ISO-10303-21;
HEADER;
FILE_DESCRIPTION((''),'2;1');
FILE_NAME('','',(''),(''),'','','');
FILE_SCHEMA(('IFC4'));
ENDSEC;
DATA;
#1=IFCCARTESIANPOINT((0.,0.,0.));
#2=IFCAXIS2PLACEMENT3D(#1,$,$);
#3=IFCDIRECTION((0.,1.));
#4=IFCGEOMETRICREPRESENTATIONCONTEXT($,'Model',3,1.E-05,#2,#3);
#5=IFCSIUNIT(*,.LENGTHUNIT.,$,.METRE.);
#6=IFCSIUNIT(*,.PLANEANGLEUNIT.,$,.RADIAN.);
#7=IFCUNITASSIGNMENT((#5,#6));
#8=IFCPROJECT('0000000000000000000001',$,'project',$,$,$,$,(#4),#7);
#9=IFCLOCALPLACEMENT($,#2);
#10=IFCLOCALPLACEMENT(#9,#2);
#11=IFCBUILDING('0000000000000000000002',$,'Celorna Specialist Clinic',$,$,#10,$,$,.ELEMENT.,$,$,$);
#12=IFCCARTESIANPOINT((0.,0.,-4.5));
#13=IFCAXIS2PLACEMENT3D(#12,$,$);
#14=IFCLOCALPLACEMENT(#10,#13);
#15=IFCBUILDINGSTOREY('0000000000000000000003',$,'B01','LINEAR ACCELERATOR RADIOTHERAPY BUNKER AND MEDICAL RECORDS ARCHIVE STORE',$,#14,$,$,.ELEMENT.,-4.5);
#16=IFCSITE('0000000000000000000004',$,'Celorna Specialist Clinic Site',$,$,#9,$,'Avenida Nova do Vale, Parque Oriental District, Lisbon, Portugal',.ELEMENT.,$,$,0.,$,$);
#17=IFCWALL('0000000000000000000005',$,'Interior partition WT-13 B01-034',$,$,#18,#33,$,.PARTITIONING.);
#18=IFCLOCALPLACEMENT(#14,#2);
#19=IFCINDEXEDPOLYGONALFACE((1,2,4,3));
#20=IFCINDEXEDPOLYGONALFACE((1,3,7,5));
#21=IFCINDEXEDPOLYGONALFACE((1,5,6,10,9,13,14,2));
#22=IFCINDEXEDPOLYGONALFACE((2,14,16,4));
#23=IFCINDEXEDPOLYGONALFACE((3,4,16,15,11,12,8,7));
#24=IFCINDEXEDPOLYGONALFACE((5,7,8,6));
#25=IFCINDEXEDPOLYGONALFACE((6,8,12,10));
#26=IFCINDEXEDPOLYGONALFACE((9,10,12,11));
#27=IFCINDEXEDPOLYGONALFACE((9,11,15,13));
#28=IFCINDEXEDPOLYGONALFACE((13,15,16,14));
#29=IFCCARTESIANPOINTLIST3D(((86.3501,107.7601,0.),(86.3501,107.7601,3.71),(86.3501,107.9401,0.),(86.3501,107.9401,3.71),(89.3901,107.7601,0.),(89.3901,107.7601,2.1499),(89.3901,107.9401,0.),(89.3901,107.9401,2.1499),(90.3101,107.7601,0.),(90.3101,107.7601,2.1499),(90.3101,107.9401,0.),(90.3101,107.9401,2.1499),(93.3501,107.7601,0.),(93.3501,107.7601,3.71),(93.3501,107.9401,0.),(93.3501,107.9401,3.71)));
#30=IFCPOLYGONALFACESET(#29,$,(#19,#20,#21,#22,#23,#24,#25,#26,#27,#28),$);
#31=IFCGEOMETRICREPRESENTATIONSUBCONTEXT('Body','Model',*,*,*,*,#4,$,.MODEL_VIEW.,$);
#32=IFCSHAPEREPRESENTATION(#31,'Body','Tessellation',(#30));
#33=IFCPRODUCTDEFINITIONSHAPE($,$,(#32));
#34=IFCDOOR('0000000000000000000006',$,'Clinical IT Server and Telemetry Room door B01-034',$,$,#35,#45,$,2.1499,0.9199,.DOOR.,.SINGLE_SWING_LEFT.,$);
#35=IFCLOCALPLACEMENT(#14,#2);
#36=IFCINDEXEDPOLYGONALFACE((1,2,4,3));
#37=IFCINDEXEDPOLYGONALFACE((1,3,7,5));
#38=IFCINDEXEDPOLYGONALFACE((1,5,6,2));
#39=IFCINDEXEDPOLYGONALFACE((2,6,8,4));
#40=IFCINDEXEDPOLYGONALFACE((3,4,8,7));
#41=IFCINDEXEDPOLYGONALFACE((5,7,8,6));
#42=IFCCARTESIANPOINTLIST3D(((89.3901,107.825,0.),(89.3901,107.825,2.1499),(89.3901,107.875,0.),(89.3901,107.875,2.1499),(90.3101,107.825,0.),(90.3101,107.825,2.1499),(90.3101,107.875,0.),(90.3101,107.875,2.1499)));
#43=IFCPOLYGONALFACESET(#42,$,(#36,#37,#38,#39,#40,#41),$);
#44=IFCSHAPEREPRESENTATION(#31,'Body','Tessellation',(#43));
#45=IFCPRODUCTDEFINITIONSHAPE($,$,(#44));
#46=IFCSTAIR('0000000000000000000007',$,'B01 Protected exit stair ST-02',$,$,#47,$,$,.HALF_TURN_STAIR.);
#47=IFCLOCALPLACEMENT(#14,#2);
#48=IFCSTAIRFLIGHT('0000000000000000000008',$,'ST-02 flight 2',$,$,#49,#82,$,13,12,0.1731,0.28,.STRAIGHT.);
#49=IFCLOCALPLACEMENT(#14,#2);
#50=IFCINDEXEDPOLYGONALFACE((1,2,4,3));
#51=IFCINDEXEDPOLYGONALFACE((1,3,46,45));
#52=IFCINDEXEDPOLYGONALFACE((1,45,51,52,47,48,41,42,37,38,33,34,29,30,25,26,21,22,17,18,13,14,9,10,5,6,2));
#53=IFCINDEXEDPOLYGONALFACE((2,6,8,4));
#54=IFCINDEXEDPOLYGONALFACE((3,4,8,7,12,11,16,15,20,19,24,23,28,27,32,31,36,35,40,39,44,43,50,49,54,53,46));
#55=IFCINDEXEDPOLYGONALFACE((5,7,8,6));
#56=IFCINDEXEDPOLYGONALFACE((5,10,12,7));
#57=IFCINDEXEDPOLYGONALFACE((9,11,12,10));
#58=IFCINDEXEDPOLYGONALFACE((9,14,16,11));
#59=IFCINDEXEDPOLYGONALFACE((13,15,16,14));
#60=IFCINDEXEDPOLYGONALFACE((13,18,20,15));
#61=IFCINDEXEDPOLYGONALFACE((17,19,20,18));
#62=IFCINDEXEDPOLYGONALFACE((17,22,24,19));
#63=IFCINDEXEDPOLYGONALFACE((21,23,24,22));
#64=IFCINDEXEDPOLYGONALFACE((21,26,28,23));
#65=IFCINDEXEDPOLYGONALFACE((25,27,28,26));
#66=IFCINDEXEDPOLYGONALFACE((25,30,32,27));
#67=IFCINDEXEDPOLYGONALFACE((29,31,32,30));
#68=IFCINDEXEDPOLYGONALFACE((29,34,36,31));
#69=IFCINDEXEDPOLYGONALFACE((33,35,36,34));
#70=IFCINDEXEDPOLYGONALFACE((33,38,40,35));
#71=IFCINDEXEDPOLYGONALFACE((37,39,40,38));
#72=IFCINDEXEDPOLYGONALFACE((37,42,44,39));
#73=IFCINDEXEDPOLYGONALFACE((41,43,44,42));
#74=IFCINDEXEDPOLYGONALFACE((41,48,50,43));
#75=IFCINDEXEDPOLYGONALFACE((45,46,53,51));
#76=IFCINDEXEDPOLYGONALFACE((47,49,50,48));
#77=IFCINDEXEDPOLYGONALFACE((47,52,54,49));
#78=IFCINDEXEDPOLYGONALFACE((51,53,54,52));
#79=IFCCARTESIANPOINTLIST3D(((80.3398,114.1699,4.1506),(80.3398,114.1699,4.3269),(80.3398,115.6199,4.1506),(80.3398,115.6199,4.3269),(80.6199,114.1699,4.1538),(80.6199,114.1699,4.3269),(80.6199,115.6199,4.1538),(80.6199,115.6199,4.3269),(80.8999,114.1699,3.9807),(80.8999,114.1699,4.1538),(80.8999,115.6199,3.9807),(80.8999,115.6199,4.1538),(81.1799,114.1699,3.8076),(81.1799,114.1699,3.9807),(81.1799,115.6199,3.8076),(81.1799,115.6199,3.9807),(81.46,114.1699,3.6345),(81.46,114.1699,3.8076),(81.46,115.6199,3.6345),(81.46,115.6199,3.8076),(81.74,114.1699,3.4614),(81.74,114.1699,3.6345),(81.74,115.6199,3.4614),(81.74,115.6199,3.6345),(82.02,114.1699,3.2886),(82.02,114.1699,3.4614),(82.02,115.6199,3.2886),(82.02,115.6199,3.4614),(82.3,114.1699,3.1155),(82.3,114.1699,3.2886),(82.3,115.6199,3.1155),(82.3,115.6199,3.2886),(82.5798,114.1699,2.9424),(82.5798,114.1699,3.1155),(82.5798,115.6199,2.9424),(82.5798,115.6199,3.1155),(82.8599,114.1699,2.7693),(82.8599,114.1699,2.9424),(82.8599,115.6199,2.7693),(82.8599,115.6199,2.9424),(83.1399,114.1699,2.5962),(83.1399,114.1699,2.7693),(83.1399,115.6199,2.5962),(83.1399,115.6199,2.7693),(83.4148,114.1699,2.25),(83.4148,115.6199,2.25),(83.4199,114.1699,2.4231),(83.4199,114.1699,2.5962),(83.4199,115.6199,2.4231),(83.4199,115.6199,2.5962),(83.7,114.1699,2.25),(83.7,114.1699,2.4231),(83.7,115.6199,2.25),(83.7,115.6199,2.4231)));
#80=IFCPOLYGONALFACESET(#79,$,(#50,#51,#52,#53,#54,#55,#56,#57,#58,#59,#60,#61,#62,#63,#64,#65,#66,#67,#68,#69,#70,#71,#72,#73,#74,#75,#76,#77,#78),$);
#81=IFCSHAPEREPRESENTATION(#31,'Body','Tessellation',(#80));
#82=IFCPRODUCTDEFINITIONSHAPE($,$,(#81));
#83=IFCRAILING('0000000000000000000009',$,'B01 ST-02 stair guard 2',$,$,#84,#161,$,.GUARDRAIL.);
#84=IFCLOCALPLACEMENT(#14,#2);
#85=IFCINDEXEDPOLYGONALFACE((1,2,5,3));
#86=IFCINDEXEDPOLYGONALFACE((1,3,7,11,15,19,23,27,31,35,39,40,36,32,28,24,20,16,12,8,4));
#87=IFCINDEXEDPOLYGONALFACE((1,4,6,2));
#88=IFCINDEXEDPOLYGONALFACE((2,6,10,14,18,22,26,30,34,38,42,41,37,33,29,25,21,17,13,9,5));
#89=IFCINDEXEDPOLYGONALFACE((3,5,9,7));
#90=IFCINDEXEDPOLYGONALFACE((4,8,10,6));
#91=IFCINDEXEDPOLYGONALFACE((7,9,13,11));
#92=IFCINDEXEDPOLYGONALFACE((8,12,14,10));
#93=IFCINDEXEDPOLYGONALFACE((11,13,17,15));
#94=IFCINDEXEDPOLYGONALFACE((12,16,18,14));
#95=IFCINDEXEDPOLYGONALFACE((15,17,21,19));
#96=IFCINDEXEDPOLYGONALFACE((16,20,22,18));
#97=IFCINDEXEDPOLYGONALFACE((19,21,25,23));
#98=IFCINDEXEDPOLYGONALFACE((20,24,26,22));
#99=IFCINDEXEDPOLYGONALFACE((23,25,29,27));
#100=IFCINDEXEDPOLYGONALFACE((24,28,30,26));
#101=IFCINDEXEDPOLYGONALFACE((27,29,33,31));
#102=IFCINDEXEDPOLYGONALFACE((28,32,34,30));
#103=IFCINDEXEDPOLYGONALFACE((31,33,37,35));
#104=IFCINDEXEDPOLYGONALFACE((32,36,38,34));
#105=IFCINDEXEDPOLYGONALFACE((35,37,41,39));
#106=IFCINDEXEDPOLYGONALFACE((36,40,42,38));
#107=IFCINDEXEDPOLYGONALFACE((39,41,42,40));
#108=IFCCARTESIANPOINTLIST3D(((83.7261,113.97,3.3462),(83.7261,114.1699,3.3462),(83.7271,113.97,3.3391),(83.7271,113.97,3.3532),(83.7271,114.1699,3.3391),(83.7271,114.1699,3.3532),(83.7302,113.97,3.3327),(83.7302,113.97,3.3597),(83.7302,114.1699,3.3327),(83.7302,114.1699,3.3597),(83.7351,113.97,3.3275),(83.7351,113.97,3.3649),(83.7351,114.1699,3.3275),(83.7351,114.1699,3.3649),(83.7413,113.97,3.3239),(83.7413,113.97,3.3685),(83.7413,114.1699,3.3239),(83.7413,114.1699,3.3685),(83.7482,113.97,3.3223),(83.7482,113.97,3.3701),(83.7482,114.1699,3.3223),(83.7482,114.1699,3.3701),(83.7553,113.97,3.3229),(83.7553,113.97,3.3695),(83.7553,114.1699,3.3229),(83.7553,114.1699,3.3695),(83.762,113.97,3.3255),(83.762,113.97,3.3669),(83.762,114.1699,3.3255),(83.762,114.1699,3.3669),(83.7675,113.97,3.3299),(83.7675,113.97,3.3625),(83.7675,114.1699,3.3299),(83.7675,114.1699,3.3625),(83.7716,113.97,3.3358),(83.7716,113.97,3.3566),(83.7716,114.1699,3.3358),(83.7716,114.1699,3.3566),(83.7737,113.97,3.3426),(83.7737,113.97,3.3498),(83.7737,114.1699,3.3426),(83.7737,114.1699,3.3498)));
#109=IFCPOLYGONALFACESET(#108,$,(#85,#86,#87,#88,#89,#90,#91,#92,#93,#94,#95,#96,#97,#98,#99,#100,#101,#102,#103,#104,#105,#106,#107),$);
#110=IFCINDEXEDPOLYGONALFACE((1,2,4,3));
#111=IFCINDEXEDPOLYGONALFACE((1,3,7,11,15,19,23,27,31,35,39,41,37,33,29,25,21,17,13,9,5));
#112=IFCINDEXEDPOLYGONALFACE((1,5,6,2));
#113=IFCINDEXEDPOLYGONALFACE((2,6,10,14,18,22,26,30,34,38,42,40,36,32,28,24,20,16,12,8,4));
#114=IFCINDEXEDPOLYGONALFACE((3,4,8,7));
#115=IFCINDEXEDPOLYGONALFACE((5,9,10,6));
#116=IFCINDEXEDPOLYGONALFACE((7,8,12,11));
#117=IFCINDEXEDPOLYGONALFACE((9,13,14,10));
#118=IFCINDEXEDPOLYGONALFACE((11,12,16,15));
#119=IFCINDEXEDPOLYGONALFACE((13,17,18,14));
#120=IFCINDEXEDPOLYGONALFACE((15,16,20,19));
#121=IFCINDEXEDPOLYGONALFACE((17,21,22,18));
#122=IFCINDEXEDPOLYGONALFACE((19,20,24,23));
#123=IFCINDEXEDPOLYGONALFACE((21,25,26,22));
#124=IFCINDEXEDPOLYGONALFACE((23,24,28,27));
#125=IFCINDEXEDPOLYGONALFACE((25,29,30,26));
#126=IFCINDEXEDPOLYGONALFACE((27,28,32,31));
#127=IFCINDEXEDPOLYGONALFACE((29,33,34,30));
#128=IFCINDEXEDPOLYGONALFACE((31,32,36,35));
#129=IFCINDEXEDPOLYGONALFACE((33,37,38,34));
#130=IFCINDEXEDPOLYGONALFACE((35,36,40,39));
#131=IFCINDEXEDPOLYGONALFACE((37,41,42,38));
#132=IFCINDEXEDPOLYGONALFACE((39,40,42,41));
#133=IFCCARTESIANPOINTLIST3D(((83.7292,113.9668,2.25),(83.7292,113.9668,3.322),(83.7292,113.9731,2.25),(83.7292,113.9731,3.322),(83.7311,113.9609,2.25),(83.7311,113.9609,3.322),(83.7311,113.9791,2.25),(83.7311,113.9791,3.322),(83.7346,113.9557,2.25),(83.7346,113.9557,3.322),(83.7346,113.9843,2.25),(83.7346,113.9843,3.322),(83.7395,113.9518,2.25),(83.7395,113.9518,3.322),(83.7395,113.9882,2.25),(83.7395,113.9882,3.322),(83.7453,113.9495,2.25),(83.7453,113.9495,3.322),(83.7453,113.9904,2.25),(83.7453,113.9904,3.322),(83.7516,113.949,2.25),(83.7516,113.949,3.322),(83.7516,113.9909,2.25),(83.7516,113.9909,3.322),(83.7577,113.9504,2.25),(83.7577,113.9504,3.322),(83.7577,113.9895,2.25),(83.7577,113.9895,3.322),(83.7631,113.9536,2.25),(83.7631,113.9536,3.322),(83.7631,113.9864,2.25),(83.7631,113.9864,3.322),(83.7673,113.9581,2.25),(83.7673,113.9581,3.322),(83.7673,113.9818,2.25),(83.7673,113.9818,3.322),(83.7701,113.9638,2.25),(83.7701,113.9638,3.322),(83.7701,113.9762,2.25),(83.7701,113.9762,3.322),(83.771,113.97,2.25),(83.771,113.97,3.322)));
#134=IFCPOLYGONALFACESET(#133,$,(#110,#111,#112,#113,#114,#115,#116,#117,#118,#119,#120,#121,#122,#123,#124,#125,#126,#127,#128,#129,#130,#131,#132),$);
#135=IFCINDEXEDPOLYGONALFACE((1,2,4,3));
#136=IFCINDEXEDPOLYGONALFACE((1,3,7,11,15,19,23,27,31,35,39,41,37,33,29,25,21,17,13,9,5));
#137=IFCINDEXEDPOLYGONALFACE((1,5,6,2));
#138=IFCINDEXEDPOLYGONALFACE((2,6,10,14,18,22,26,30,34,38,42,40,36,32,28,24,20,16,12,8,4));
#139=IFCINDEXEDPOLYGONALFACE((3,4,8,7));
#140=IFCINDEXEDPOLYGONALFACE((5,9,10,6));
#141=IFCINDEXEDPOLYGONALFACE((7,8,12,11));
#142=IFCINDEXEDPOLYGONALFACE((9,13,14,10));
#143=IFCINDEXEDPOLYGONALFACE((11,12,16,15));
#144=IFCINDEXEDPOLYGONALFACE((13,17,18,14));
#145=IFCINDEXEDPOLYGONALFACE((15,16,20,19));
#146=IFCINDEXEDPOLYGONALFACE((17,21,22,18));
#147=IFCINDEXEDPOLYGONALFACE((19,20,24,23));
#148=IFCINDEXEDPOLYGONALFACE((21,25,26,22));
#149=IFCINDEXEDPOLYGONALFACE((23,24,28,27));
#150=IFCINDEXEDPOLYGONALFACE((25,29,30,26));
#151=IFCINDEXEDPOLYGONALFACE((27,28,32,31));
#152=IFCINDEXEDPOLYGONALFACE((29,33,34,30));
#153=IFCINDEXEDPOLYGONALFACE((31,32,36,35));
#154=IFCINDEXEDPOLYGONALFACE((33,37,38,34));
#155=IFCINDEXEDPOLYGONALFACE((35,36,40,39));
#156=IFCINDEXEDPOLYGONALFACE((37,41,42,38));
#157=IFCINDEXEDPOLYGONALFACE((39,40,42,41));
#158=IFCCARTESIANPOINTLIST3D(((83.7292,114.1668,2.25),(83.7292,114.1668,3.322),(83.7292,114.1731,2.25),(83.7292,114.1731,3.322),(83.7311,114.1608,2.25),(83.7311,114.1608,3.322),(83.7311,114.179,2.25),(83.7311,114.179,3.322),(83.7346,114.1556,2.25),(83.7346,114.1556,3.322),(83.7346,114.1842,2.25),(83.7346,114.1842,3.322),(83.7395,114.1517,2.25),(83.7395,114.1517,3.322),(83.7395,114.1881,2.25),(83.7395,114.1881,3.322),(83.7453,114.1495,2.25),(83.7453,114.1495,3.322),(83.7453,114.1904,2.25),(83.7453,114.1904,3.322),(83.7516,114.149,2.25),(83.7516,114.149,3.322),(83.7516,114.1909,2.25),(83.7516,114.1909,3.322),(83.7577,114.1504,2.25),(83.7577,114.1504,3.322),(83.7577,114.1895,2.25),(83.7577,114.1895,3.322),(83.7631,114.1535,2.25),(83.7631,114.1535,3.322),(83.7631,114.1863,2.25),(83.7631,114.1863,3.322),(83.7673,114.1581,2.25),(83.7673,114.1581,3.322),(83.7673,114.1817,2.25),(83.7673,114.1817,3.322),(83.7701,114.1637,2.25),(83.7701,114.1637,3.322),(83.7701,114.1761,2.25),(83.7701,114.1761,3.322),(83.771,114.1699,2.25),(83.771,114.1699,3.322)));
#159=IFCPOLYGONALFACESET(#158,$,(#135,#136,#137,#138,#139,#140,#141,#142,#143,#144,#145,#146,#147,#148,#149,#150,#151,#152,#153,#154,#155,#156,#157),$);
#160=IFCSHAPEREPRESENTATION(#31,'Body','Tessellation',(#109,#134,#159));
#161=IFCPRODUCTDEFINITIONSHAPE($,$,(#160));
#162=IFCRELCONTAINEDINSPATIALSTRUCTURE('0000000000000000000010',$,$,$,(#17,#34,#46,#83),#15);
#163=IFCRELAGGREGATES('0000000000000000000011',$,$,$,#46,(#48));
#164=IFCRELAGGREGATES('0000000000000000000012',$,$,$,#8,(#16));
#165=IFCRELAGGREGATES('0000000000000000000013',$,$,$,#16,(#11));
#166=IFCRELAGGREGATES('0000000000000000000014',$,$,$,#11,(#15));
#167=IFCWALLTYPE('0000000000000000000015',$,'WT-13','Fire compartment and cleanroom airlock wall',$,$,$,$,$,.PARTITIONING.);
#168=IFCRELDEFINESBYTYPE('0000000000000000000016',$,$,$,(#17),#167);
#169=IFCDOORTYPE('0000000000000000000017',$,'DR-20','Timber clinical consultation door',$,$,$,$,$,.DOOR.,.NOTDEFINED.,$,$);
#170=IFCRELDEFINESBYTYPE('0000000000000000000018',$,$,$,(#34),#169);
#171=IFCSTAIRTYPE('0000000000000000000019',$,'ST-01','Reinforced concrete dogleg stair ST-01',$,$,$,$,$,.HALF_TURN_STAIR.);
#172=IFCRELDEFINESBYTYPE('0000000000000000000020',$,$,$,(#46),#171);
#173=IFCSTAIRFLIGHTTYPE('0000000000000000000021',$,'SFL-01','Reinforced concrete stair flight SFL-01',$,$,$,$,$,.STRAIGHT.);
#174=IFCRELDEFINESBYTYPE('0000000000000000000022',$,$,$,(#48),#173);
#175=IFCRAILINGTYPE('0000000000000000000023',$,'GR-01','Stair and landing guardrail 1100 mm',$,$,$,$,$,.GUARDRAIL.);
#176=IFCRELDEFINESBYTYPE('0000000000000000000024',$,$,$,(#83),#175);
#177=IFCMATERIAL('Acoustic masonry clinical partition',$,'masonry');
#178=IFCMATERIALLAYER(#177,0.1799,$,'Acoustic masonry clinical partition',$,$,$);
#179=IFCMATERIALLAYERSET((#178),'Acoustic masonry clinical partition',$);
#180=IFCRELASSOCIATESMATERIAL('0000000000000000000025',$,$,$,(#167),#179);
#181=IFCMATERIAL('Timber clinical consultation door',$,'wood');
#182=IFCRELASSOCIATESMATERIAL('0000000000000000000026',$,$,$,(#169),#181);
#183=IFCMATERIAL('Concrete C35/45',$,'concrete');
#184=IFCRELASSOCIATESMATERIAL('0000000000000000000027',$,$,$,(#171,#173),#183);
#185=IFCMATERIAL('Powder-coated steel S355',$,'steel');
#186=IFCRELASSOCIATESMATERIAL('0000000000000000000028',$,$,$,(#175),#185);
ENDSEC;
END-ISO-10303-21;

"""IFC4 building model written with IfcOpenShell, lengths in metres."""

from ifc_helpers import new_model, si_unit, direction, frame, frame_2d, origin, origin_2d, place, context, subcontext, project, spatial, polyline, rectangle, circle, outline, extrude, material, layer, layer_set, type_object, element, fill, aggregate, save


model = new_model("IFC4")

# Units and contexts
model_context = context("Model", 3, precision=1e-05, world=origin(), true_north=direction((0.0, 1.0)))
body_context = subcontext(model_context, "Body", "Model", "MODEL_VIEW")
ifc_project = project(units=[si_unit("LENGTHUNIT", "METRE"), si_unit("PLANEANGLEUNIT", "RADIAN")], contexts=[model_context])

# Site, building, storey
site_placement = place(None, origin())
site = spatial("IfcSite", under=ifc_project, at=site_placement, Name="Celorna Specialist Clinic Site", LongName="Avenida Nova do Vale, Parque Oriental District, Lisbon, Portugal", CompositionType="ELEMENT", RefElevation=0.0)
building_placement = place(site_placement, origin())
building = spatial("IfcBuilding", under=site, at=building_placement, Name="Celorna Specialist Clinic", CompositionType="ELEMENT")
storey_placement = place(building_placement, frame((0.0, 0.0, -4.5)))
storey = spatial("IfcBuildingStorey", under=building, at=storey_placement, Name="B01", Description="LINEAR ACCELERATOR RADIOTHERAPY BUNKER AND MEDICAL RECORDS ARCHIVE STORE", CompositionType="ELEMENT", Elevation=-4.5)

# Shared definitions
ifc_material_1 = material(Name="Concrete C35/45", Category="concrete")

# Wall, opening, door
ifc_material_2 = material(Name="Acoustic masonry clinical partition", Category="masonry")
ifc_layer_1 = layer(ifc_material_2, 0.1799, Name="Acoustic masonry clinical partition")
ifc_layer_set_1 = layer_set([ifc_layer_1], Name="Acoustic masonry clinical partition")
wall_type_1 = type_object("IfcWallType", Name="WT-13", Description="Fire compartment and cleanroom airlock wall", PredefinedType="PARTITIONING", material=ifc_layer_set_1)
wall_1_placement = place(storey_placement, frame((86.3501, 107.8501, 0.0), z_axis=(0.0, 0.0, 1.0), x_axis=(1.0, 0.0, 0.0)))
wall_1 = element("IfcWall", 1, at=wall_1_placement, inside=storey, type_object=wall_type_1, Name="Interior partition WT-13 B01-034", PredefinedType="PARTITIONING", context=body_context, shape_type="SweptSolid", body=[
    extrude(rectangle(XDim=7.0, YDim=0.1799, at=frame_2d((3.5, 0.0))), origin(), (0.0, 0.0, 1.0), 3.71),
])
opening_1_placement = place(wall_1_placement, frame((3.04, 0.0, 0.0)))
opening_1 = element("IfcOpeningElement", 2, at=opening_1_placement, cuts=wall_1, PredefinedType="OPENING", context=body_context, shape_type="SweptSolid", body=[
    extrude(rectangle(XDim=0.9199, YDim=2.1499, at=frame_2d((0.46, 1.075))), frame((0.0, 0.0999, 0.0), z_axis=(0.0, -1.0, 0.0), x_axis=(1.0, 0.0, 0.0)), (0.0, 0.0, 1.0), 0.2),
])
ifc_material_3 = material(Name="Timber clinical consultation door", Category="wood")
door_type_1 = type_object("IfcDoorType", Name="DR-20", Description="Timber clinical consultation door", OperationType="NOTDEFINED", PredefinedType="DOOR", material=ifc_material_3)
door_1_placement = place(opening_1_placement, origin())
door_1 = element("IfcDoor", 3, at=door_1_placement, inside=storey, type_object=door_type_1, Name="Clinical IT Server and Telemetry Room door B01-034", OperationType="SINGLE_SWING_LEFT", OverallHeight=2.1499, OverallWidth=0.9199, PredefinedType="DOOR", context=body_context, shape_type="SweptSolid", body=[
    extrude(rectangle(XDim=0.9199, YDim=2.1499, at=frame_2d((0.46, 1.075))), frame((0.0, 0.0249, 0.0), z_axis=(0.0, -1.0, 0.0), x_axis=(1.0, 0.0, 0.0)), (0.0, 0.0, 1.0), 0.05),
])
fill(opening_1, door_1)

# Stair, stair flight
stair_type = type_object("IfcStairType", Name="ST-01", Description="Reinforced concrete dogleg stair ST-01", PredefinedType="HALF_TURN_STAIR", material=ifc_material_1)
stair_placement = place(storey_placement, origin())
stair = element("IfcStair", 4, at=stair_placement, inside=storey, type_object=stair_type, Name="B01 Protected exit stair ST-02", PredefinedType="HALF_TURN_STAIR")
stair_flight_type = type_object("IfcStairFlightType", Name="SFL-01", Description="Reinforced concrete stair flight SFL-01", PredefinedType="STRAIGHT", material=ifc_material_1)
stair_flight_placement = place(storey_placement, frame((83.7, 114.895, 2.25), z_axis=(0.0, 0.0, 1.0), x_axis=(-1.0, 0.0, 0.0)))
stair_flight = element("IfcStairFlight", 5, at=stair_flight_placement, type_object=stair_flight_type, Name="ST-02 flight 2", NumberOfRisers=13, NumberOfTreads=12, PredefinedType="STRAIGHT", RiserHeight=0.1731, TreadLength=0.28, context=body_context, shape_type="SweptSolid", body=[
    extrude(outline(polyline([(0.0, 0.0), (0.0, 0.1731), (0.28, 0.1731), (0.28, 0.3462), (0.5601, 0.3462), (0.5601, 0.5193), (0.8401, 0.5193), (0.8401, 0.6924), (1.1201, 0.6924), (1.1201, 0.8655), (1.3999, 0.8655), (1.3999, 1.0386), (1.6799, 1.0386), (1.6799, 1.2114), (1.96, 1.2114), (1.96, 1.3845), (2.24, 1.3845), (2.24, 1.5576), (2.52, 1.5576), (2.52, 1.7307), (2.8, 1.7307), (2.8, 1.9038), (3.0801, 1.9038), (3.0801, 2.0769), (3.3601, 2.0769), (3.3601, 2.25), (3.3601, 1.9006), (0.2852, 0.0), (0.0, 0.0)])), frame((0.0, 0.7251, 0.0), z_axis=(0.0, -1.0, 0.0), x_axis=(1.0, 0.0, 0.0)), (0.0, 0.0, 1.0), 1.45),
])
aggregate(stair, [stair_flight])

# Railing
ifc_material_4 = material(Name="Powder-coated steel S355", Category="steel")
railing_type_1 = type_object("IfcRailingType", Name="GR-01", Description="Stair and landing guardrail 1100 mm", PredefinedType="GUARDRAIL", material=ifc_material_4)
railing_1_placement = place(storey_placement, frame((83.75, 113.97, 2.25)))
element("IfcRailing", 6, at=railing_1_placement, inside=storey, type_object=railing_type_1, Name="B01 ST-02 stair guard 2", PredefinedType="GUARDRAIL", context=body_context, shape_type="SweptSolid", body=[
    extrude(circle(Radius=0.0239, at=origin_2d()), frame((0.0, 0.0, 1.0962), z_axis=(0.0, 1.0, 0.0), x_axis=(-1.0, 0.0, 0.0)), (0.0, 0.0, 1.0), 0.2),
    extrude(circle(Radius=0.021, at=origin_2d()), origin(), (0.0, 0.0, 1.0), 1.072),
    extrude(circle(Radius=0.021, at=origin_2d()), frame((0.0, 0.2, 0.0)), (0.0, 0.0, 1.0), 1.072),
])

save(model, "model.ifc")
